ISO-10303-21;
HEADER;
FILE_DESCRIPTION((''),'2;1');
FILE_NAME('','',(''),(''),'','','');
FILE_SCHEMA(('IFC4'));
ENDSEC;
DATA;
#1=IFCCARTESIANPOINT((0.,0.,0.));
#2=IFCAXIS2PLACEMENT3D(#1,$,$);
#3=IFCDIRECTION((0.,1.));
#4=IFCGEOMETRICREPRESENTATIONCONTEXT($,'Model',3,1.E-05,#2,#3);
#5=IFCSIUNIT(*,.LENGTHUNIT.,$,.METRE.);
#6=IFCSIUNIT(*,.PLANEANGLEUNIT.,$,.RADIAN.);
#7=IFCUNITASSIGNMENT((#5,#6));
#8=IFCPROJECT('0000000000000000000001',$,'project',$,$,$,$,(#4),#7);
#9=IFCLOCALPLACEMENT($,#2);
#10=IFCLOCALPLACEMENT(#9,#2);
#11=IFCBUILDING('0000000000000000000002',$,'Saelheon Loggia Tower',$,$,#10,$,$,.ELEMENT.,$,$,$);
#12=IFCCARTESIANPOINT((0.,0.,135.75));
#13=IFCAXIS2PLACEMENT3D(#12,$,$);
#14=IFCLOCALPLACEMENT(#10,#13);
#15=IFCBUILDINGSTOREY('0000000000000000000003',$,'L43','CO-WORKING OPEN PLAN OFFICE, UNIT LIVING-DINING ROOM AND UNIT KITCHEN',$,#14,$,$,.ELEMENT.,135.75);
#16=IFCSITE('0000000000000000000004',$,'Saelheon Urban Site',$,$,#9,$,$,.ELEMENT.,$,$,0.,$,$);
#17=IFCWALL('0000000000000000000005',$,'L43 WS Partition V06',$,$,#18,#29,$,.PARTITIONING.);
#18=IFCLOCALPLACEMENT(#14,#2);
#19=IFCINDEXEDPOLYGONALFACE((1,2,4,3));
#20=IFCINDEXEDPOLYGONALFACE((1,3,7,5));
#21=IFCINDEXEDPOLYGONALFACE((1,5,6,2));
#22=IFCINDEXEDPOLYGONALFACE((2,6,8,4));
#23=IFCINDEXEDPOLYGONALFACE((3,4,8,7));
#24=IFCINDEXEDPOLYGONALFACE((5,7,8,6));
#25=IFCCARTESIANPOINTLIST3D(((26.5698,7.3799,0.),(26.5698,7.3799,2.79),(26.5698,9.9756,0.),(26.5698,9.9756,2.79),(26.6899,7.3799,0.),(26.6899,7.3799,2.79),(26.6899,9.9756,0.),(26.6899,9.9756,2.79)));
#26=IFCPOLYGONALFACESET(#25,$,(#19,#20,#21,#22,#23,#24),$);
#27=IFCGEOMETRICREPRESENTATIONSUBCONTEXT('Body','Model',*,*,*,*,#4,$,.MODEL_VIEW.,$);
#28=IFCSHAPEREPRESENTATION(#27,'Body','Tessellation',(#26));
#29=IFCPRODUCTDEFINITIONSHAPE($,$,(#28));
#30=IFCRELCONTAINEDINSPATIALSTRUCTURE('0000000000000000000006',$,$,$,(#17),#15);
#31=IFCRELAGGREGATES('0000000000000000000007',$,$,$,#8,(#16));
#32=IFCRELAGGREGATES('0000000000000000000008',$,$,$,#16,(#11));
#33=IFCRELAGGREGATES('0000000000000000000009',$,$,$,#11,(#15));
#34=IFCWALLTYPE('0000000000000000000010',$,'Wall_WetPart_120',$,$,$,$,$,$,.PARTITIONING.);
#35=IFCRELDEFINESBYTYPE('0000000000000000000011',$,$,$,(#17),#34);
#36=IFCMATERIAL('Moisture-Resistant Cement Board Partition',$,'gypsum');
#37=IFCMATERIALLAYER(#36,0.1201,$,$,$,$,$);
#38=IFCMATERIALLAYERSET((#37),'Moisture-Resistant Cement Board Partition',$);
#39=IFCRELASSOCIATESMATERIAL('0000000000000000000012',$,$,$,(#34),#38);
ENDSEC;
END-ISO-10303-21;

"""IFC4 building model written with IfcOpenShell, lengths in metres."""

from ifc_helpers import new_model, si_unit, direction, frame, frame_2d, origin, place, context, subcontext, project, spatial, rectangle, extrude, material, layer, layer_set, type_object, element, save


model = new_model("IFC4")

# Units and contexts
model_context = context("Model", 3, precision=1e-05, world=origin(), true_north=direction((0.0, 1.0)))
body_context = subcontext(model_context, "Body", "Model", "MODEL_VIEW")
ifc_project = project(units=[si_unit("LENGTHUNIT", "METRE"), si_unit("PLANEANGLEUNIT", "RADIAN")], contexts=[model_context])

# Site, building, storey
site_placement = place(None, origin())
site = spatial("IfcSite", under=ifc_project, at=site_placement, Name="Saelheon Urban Site", CompositionType="ELEMENT", RefElevation=0.0)
building_placement = place(site_placement, origin())
building = spatial("IfcBuilding", under=site, at=building_placement, Name="Saelheon Loggia Tower", CompositionType="ELEMENT")
storey_placement = place(building_placement, frame((0.0, 0.0, 135.75)))
storey = spatial("IfcBuildingStorey", under=building, at=storey_placement, Name="L43", Description="CO-WORKING OPEN PLAN OFFICE, UNIT LIVING-DINING ROOM AND UNIT KITCHEN", CompositionType="ELEMENT", Elevation=135.75)

# Wall
ifc_material_1 = material(Name="Moisture-Resistant Cement Board Partition", Category="gypsum")
ifc_layer_1 = layer(ifc_material_1, 0.1201)
ifc_layer_set_1 = layer_set([ifc_layer_1], Name="Moisture-Resistant Cement Board Partition")
wall_type_1 = type_object("IfcWallType", Name="Wall_WetPart_120", PredefinedType="PARTITIONING", material=ifc_layer_set_1)
wall_1_placement = place(storey_placement, frame((26.6299, 7.3799, 0.0), z_axis=(0.0, 0.0, 1.0), x_axis=(0.0, 1.0, 0.0)))
element("IfcWall", 1, at=wall_1_placement, inside=storey, type_object=wall_type_1, Name="L43 WS Partition V06", PredefinedType="PARTITIONING", context=body_context, shape_type="SweptSolid", body=[
    extrude(rectangle(XDim=2.5957, YDim=0.1201, at=frame_2d((1.2979, 0.0))), origin(), (0.0, 0.0, 1.0), 2.79),
])

save(model, "model.ifc")
